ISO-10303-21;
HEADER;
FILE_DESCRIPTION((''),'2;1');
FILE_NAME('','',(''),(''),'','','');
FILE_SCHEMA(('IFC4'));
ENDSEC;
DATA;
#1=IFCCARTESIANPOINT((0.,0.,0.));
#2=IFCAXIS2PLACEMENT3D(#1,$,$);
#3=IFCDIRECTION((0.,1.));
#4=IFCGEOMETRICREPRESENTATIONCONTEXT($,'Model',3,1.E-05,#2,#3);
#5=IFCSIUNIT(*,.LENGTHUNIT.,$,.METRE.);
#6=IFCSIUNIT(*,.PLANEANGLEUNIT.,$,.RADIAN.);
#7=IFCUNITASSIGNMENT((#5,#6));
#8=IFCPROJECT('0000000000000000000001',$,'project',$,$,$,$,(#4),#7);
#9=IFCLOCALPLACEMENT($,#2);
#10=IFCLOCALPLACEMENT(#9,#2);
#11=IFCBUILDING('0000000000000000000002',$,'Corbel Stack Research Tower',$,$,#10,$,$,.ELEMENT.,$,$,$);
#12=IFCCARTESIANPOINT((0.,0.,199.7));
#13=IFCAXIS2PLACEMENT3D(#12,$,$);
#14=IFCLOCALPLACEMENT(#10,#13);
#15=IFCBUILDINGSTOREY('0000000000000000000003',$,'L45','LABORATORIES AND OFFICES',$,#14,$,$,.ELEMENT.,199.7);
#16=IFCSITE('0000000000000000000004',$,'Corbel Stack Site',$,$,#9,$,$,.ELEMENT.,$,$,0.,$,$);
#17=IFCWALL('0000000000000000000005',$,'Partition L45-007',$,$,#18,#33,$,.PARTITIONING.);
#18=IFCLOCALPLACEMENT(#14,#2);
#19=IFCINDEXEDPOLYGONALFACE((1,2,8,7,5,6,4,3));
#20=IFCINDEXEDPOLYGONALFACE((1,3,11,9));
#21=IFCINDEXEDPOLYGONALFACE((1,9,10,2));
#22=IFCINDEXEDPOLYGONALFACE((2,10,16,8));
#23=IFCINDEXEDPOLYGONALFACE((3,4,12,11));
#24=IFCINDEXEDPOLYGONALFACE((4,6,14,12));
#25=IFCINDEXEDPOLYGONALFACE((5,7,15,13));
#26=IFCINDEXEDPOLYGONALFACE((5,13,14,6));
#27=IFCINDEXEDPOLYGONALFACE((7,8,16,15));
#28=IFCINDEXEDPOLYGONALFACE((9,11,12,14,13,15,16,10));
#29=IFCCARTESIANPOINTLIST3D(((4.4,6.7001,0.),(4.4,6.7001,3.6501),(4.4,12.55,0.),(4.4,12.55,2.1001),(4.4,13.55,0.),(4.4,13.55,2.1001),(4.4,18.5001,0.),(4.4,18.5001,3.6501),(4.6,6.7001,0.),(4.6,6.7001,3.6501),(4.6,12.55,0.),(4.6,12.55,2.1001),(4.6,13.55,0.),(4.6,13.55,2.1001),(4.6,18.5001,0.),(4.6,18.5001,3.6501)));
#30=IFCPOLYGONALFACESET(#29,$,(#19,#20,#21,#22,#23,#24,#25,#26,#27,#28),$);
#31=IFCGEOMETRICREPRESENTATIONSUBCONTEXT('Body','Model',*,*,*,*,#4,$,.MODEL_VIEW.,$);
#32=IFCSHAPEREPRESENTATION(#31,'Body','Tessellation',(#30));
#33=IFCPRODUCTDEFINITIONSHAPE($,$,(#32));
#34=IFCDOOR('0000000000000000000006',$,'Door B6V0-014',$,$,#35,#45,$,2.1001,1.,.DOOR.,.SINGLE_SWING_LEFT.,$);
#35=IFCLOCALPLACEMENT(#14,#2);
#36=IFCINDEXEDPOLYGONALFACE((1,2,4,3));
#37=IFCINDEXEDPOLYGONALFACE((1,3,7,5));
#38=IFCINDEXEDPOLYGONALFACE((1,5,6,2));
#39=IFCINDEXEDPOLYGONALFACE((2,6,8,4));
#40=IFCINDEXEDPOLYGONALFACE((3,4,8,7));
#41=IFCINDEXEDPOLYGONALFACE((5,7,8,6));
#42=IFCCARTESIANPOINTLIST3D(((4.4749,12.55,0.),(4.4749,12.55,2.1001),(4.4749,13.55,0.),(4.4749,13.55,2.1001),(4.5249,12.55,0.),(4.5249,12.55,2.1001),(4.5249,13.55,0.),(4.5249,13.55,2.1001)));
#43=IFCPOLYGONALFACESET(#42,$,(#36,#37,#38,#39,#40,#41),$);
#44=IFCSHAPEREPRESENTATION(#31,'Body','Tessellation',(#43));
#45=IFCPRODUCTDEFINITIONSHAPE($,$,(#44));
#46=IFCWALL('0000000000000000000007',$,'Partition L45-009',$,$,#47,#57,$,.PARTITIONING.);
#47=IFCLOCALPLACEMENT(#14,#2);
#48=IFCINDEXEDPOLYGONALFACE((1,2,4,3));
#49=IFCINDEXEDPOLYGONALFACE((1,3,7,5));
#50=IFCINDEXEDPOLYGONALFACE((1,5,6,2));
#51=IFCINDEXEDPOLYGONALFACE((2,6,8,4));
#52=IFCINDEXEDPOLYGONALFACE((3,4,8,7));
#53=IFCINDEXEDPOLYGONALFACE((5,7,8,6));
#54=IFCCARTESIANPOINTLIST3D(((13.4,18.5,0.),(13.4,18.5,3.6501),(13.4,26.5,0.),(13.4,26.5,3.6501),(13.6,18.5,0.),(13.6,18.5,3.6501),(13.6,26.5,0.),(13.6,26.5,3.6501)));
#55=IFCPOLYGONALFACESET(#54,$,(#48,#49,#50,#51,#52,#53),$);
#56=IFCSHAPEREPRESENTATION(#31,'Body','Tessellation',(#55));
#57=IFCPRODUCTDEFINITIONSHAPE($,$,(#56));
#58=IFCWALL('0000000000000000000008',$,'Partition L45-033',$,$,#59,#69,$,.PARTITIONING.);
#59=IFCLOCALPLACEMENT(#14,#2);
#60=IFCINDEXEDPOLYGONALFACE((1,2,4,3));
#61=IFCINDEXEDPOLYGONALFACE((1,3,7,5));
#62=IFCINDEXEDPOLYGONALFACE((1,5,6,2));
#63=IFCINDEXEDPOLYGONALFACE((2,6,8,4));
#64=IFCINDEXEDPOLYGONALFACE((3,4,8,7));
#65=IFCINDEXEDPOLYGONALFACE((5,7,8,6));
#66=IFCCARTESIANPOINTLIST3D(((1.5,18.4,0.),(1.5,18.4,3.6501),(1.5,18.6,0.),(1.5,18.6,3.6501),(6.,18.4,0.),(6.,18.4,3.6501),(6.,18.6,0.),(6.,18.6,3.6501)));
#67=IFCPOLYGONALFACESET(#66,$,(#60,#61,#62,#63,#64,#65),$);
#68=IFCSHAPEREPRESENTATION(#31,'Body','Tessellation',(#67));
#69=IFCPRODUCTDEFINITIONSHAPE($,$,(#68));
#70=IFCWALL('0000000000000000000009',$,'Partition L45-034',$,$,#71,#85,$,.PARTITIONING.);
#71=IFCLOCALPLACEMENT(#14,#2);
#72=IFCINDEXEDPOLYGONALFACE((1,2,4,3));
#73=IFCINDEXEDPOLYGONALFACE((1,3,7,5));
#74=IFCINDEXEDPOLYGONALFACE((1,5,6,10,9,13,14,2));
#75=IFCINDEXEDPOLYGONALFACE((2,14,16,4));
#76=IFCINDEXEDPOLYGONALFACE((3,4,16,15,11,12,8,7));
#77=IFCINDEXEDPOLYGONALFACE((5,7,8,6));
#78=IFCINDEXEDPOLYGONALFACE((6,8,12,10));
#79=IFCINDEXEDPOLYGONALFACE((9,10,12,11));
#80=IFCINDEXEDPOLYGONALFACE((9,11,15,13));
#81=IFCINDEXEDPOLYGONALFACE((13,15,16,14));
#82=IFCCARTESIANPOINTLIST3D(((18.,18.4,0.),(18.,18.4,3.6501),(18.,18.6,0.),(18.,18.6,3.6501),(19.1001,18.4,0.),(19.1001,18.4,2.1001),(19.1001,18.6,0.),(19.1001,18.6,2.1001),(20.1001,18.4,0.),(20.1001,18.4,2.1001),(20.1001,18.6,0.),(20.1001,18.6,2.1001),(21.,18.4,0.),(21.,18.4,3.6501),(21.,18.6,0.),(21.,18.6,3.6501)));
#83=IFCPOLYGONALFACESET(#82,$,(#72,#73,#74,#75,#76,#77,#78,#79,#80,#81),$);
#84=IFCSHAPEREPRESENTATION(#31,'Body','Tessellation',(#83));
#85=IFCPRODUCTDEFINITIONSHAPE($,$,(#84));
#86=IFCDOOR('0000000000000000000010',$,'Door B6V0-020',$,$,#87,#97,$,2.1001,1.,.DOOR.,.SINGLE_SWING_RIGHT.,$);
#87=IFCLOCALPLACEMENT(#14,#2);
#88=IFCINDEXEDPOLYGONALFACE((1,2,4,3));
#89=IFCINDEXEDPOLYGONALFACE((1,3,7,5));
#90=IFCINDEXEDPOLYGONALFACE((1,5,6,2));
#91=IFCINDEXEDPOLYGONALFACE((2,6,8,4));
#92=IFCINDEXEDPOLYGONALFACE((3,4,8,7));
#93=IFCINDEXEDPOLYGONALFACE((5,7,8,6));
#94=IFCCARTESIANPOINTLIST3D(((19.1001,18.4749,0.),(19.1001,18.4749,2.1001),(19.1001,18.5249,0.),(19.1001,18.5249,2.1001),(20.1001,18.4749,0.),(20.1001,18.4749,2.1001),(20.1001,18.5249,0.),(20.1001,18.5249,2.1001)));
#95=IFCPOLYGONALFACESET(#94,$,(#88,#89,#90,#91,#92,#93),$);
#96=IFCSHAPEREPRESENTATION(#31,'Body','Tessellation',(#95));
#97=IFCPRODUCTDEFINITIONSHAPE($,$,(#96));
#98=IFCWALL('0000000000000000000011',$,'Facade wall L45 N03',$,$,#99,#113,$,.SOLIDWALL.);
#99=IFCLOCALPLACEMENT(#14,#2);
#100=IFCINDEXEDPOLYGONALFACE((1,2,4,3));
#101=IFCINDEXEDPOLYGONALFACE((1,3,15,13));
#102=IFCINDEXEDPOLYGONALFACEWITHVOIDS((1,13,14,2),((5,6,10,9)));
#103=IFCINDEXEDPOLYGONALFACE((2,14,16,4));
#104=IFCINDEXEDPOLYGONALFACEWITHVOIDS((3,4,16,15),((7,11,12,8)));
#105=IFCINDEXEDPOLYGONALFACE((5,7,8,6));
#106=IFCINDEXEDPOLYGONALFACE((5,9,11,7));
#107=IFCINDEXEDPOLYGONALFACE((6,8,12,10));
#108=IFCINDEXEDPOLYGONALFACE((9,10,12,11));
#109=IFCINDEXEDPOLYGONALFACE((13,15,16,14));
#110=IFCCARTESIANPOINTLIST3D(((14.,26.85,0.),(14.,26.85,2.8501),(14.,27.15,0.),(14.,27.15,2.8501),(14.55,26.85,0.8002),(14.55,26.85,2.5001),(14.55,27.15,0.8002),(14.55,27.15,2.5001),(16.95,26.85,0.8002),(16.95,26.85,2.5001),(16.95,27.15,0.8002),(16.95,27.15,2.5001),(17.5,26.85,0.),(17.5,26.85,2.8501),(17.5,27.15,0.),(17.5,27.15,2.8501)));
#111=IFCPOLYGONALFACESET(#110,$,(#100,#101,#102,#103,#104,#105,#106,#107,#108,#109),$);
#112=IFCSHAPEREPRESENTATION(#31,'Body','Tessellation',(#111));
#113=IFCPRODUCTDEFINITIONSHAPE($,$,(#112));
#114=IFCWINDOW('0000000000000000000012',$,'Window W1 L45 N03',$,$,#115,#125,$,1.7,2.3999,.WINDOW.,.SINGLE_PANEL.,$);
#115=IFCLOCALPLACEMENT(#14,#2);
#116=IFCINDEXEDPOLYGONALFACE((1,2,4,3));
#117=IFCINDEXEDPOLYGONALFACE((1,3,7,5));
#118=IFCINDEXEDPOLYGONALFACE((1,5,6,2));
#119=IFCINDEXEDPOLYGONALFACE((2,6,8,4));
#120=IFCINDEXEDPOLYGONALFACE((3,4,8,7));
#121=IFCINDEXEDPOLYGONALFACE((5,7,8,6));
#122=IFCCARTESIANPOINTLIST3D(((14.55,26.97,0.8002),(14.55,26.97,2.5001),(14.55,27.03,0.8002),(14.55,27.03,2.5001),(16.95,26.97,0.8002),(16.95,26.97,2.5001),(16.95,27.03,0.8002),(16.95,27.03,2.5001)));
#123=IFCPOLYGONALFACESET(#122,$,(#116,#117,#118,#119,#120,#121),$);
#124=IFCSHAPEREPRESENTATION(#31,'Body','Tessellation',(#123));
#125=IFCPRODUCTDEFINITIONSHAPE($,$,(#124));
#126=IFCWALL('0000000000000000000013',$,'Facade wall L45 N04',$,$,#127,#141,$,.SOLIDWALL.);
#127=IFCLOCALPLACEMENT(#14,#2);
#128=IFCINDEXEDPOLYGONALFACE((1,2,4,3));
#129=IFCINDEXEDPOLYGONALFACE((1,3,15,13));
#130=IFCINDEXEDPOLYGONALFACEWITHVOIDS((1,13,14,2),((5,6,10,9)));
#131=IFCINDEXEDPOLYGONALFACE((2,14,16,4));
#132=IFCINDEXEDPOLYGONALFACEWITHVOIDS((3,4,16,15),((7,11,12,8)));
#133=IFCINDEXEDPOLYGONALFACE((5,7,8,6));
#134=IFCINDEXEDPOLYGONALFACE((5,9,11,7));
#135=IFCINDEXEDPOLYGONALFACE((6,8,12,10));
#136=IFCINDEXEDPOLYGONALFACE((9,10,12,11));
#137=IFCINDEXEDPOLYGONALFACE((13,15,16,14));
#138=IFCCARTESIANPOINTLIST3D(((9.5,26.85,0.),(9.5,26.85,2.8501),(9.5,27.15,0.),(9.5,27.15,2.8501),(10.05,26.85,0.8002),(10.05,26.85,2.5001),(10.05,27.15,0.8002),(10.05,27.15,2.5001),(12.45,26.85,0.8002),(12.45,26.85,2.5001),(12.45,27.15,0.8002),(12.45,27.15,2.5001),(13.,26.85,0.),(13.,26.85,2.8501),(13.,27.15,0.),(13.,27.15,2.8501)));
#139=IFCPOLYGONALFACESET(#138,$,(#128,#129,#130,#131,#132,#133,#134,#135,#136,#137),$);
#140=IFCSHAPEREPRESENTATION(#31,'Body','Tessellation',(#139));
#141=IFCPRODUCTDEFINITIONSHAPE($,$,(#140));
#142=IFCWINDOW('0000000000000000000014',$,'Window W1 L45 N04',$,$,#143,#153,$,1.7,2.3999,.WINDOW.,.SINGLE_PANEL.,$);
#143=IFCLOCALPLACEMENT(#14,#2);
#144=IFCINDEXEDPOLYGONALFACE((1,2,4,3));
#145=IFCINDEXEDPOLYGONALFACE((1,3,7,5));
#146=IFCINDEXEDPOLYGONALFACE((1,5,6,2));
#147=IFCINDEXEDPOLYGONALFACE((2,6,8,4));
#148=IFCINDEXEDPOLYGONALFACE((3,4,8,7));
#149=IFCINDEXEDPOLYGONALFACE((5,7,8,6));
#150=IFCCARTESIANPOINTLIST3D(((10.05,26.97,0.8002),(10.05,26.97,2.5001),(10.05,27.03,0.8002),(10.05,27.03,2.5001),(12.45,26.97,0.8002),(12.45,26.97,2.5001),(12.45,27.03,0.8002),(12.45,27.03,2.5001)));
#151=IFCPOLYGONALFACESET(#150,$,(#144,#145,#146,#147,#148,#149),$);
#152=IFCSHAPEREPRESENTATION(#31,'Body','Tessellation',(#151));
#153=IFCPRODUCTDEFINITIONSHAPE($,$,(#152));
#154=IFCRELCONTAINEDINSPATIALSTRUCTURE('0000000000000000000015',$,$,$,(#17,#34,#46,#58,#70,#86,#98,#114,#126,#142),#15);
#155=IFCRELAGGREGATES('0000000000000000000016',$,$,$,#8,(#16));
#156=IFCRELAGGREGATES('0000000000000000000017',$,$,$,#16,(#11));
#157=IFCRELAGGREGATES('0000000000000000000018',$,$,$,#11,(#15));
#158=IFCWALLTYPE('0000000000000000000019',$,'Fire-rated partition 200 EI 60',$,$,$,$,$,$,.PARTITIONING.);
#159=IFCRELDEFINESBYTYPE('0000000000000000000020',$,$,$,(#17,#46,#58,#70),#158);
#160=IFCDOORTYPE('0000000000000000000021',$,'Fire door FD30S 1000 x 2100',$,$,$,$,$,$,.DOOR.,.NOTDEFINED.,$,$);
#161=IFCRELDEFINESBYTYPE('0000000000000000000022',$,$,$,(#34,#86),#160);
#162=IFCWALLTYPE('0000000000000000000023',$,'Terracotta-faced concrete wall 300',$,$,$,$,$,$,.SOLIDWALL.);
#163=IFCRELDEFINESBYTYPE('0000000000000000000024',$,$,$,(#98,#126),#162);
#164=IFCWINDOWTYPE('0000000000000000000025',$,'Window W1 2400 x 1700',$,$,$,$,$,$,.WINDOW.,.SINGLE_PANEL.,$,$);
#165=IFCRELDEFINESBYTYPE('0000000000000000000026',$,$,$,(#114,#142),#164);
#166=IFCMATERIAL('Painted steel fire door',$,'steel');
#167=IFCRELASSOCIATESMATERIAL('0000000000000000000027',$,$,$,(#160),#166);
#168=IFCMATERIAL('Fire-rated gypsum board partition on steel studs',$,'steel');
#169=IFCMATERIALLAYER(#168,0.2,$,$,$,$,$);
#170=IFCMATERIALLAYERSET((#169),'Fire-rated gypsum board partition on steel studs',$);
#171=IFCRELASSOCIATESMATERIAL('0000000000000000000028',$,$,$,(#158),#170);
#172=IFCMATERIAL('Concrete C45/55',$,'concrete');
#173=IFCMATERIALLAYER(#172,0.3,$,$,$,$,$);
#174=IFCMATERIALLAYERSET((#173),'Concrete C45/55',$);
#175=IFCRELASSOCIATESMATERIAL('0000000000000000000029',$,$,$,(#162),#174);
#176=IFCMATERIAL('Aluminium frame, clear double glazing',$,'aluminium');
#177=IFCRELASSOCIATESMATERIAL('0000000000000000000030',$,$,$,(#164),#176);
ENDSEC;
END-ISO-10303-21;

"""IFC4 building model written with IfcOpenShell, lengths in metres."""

from ifc_helpers import new_model, si_unit, direction, frame, frame_2d, origin, place, context, subcontext, project, spatial, rectangle, extrude, material, layer, layer_set, type_object, element, fill, save


model = new_model("IFC4")

# Units and contexts
model_context = context("Model", 3, precision=1e-05, world=origin(), true_north=direction((0.0, 1.0)))
body_context = subcontext(model_context, "Body", "Model", "MODEL_VIEW")
ifc_project = project(units=[si_unit("LENGTHUNIT", "METRE"), si_unit("PLANEANGLEUNIT", "RADIAN")], contexts=[model_context])

# Site, building, storey
site_placement = place(None, origin())
site = spatial("IfcSite", under=ifc_project, at=site_placement, Name="Corbel Stack Site", CompositionType="ELEMENT", RefElevation=0.0)
building_placement = place(site_placement, origin())
building = spatial("IfcBuilding", under=site, at=building_placement, Name="Corbel Stack Research Tower", CompositionType="ELEMENT")
storey_placement = place(building_placement, frame((0.0, 0.0, 199.7)))
storey = spatial("IfcBuildingStorey", under=building, at=storey_placement, Name="L45", Description="LABORATORIES AND OFFICES", CompositionType="ELEMENT", Elevation=199.7)

# Wall, opening, door
ifc_material_1 = material(Name="Painted steel fire door", Category="steel")
door_type = type_object("IfcDoorType", Name="Fire door FD30S 1000 x 2100", OperationType="NOTDEFINED", PredefinedType="DOOR", material=ifc_material_1)
ifc_material_2 = material(Name="Fire-rated gypsum board partition on steel studs", Category="steel")
ifc_layer_1 = layer(ifc_material_2, 0.2)
ifc_layer_set_1 = layer_set([ifc_layer_1], Name="Fire-rated gypsum board partition on steel studs")
wall_type_1 = type_object("IfcWallType", Name="Fire-rated partition 200 EI 60", PredefinedType="PARTITIONING", material=ifc_layer_set_1)
wall_1_placement = place(storey_placement, frame((4.5, 18.5, 0.0), z_axis=(0.0, 0.0, 1.0), x_axis=(0.0, -1.0, 0.0)))
wall_1 = element("IfcWall", 1, at=wall_1_placement, inside=storey, type_object=wall_type_1, Name="Partition L45-007", PredefinedType="PARTITIONING", context=body_context, shape_type="SweptSolid", body=[
    extrude(rectangle(XDim=11.8, YDim=0.2, at=frame_2d((5.8999, 0.0))), origin(), (0.0, 0.0, 1.0), 3.6501),
])
opening_1_placement = place(wall_1_placement, frame((4.95, 0.0, 0.0)))
opening_1 = element("IfcOpeningElement", 2, at=opening_1_placement, cuts=wall_1, PredefinedType="OPENING", context=body_context, shape_type="SweptSolid", body=[
    extrude(rectangle(XDim=1.0, YDim=2.1001, at=frame_2d((0.5, 1.05))), frame((0.0, 0.1099, 0.0), z_axis=(0.0, -1.0, 0.0), x_axis=(1.0, 0.0, 0.0)), (0.0, 0.0, 1.0), 0.22),
])
door_1_placement = place(opening_1_placement, origin())
door_1 = element("IfcDoor", 3, at=door_1_placement, inside=storey, type_object=door_type, Name="Door B6V0-014", OperationType="SINGLE_SWING_LEFT", OverallHeight=2.1001, OverallWidth=1.0, PredefinedType="DOOR", context=body_context, shape_type="SweptSolid", body=[
    extrude(rectangle(XDim=1.0, YDim=2.1001, at=frame_2d((0.5, 1.05))), frame((0.0, 0.0249, 0.0), z_axis=(0.0, -1.0, 0.0), x_axis=(1.0, 0.0, 0.0)), (0.0, 0.0, 1.0), 0.05),
])
fill(opening_1, door_1)

# Walls
wall_2_placement = place(storey_placement, frame((13.5, 18.5, 0.0), z_axis=(0.0, 0.0, 1.0), x_axis=(0.0, 1.0, 0.0)))
element("IfcWall", 4, at=wall_2_placement, inside=storey, type_object=wall_type_1, Name="Partition L45-009", PredefinedType="PARTITIONING", context=body_context, shape_type="SweptSolid", body=[
    extrude(rectangle(XDim=8.0, YDim=0.2, at=frame_2d((4.0, 0.0))), origin(), (0.0, 0.0, 1.0), 3.6501),
])
wall_3_placement = place(storey_placement, frame((1.5, 18.5, 0.0), z_axis=(0.0, 0.0, 1.0), x_axis=(1.0, 0.0, 0.0)))
element("IfcWall", 5, at=wall_3_placement, inside=storey, type_object=wall_type_1, Name="Partition L45-033", PredefinedType="PARTITIONING", context=body_context, shape_type="SweptSolid", body=[
    extrude(rectangle(XDim=4.5, YDim=0.2, at=frame_2d((2.25, 0.0))), origin(), (0.0, 0.0, 1.0), 3.6501),
])

# Wall, opening, door
wall_4_placement = place(storey_placement, frame((18.0, 18.5, 0.0), z_axis=(0.0, 0.0, 1.0), x_axis=(1.0, 0.0, 0.0)))
wall_4 = element("IfcWall", 6, at=wall_4_placement, inside=storey, type_object=wall_type_1, Name="Partition L45-034", PredefinedType="PARTITIONING", context=body_context, shape_type="SweptSolid", body=[
    extrude(rectangle(XDim=3.0, YDim=0.2, at=frame_2d((1.5, 0.0))), origin(), (0.0, 0.0, 1.0), 3.6501),
])
opening_2_placement = place(wall_4_placement, frame((1.1001, 0.0, 0.0)))
opening_2 = element("IfcOpeningElement", 7, at=opening_2_placement, cuts=wall_4, PredefinedType="OPENING", context=body_context, shape_type="SweptSolid", body=[
    extrude(rectangle(XDim=1.0, YDim=2.1001, at=frame_2d((0.5, 1.05))), frame((0.0, 0.1099, 0.0), z_axis=(0.0, -1.0, 0.0), x_axis=(1.0, 0.0, 0.0)), (0.0, 0.0, 1.0), 0.22),
])
door_2_placement = place(opening_2_placement, origin())
door_2 = element("IfcDoor", 8, at=door_2_placement, inside=storey, type_object=door_type, Name="Door B6V0-020", OperationType="SINGLE_SWING_RIGHT", OverallHeight=2.1001, OverallWidth=1.0, PredefinedType="DOOR", context=body_context, shape_type="SweptSolid", body=[
    extrude(rectangle(XDim=1.0, YDim=2.1001, at=frame_2d((0.5, 1.05))), frame((0.0, 0.0249, 0.0), z_axis=(0.0, -1.0, 0.0), x_axis=(1.0, 0.0, 0.0)), (0.0, 0.0, 1.0), 0.05),
])
fill(opening_2, door_2)

# Walls, openings, windows
ifc_material_3 = material(Name="Concrete C45/55", Category="concrete")
ifc_layer_2 = layer(ifc_material_3, 0.3)
ifc_layer_set_2 = layer_set([ifc_layer_2], Name="Concrete C45/55")
wall_type_2 = type_object("IfcWallType", Name="Terracotta-faced concrete wall 300", PredefinedType="SOLIDWALL", material=ifc_layer_set_2)
wall_5_placement = place(storey_placement, frame((14.0, 27.0, 0.0), z_axis=(0.0, 0.0, 1.0), x_axis=(1.0, 0.0, 0.0)))
wall_5 = element("IfcWall", 9, at=wall_5_placement, inside=storey, type_object=wall_type_2, Name="Facade wall L45 N03", PredefinedType="SOLIDWALL", context=body_context, shape_type="SweptSolid", body=[
    extrude(rectangle(XDim=3.5, YDim=0.3, at=frame_2d((1.75, 0.0))), origin(), (0.0, 0.0, 1.0), 2.8501),
])
opening_3_placement = place(wall_5_placement, frame((0.55, 0.0, 0.8)))
opening_3 = element("IfcOpeningElement", 10, at=opening_3_placement, cuts=wall_5, PredefinedType="OPENING", context=body_context, shape_type="SweptSolid", body=[
    extrude(rectangle(XDim=2.3999, YDim=1.7, at=frame_2d((1.2, 0.8501))), frame((0.0, 0.1599, 0.0), z_axis=(0.0, -1.0, 0.0), x_axis=(1.0, 0.0, 0.0)), (0.0, 0.0, 1.0), 0.3201),
])
ifc_material_4 = material(Name="Aluminium frame, clear double glazing", Category="aluminium")
window_type = type_object("IfcWindowType", Name="Window W1 2400 x 1700", PartitioningType="SINGLE_PANEL", PredefinedType="WINDOW", material=ifc_material_4)
window_1_placement = place(opening_3_placement, origin())
window_1 = element("IfcWindow", 11, at=window_1_placement, inside=storey, type_object=window_type, Name="Window W1 L45 N03", OverallHeight=1.7, OverallWidth=2.3999, PartitioningType="SINGLE_PANEL", PredefinedType="WINDOW", context=body_context, shape_type="SweptSolid", body=[
    extrude(rectangle(XDim=2.3999, YDim=1.7, at=frame_2d((1.2, 0.8501))), frame((0.0, 0.03, 0.0), z_axis=(0.0, -1.0, 0.0), x_axis=(1.0, 0.0, 0.0)), (0.0, 0.0, 1.0), 0.0601),
])
fill(opening_3, window_1)
wall_6_placement = place(storey_placement, frame((9.5, 27.0, 0.0), z_axis=(0.0, 0.0, 1.0), x_axis=(1.0, 0.0, 0.0)))
wall_6 = element("IfcWall", 12, at=wall_6_placement, inside=storey, type_object=wall_type_2, Name="Facade wall L45 N04", PredefinedType="SOLIDWALL", context=body_context, shape_type="SweptSolid", body=[
    extrude(rectangle(XDim=3.5, YDim=0.3, at=frame_2d((1.75, 0.0))), origin(), (0.0, 0.0, 1.0), 2.8501),
])
opening_4_placement = place(wall_6_placement, frame((0.55, 0.0, 0.8)))
opening_4 = element("IfcOpeningElement", 13, at=opening_4_placement, cuts=wall_6, PredefinedType="OPENING", context=body_context, shape_type="SweptSolid", body=[
    extrude(rectangle(XDim=2.3999, YDim=1.7, at=frame_2d((1.2, 0.8501))), frame((0.0, 0.1599, 0.0), z_axis=(0.0, -1.0, 0.0), x_axis=(1.0, 0.0, 0.0)), (0.0, 0.0, 1.0), 0.3201),
])
window_2_placement = place(opening_4_placement, origin())
window_2 = element("IfcWindow", 14, at=window_2_placement, inside=storey, type_object=window_type, Name="Window W1 L45 N04", OverallHeight=1.7, OverallWidth=2.3999, PartitioningType="SINGLE_PANEL", PredefinedType="WINDOW", context=body_context, shape_type="SweptSolid", body=[
    extrude(rectangle(XDim=2.3999, YDim=1.7, at=frame_2d((1.2, 0.8501))), frame((0.0, 0.03, 0.0), z_axis=(0.0, -1.0, 0.0), x_axis=(1.0, 0.0, 0.0)), (0.0, 0.0, 1.0), 0.0601),
])
fill(opening_4, window_2)

save(model, "model.ifc")
